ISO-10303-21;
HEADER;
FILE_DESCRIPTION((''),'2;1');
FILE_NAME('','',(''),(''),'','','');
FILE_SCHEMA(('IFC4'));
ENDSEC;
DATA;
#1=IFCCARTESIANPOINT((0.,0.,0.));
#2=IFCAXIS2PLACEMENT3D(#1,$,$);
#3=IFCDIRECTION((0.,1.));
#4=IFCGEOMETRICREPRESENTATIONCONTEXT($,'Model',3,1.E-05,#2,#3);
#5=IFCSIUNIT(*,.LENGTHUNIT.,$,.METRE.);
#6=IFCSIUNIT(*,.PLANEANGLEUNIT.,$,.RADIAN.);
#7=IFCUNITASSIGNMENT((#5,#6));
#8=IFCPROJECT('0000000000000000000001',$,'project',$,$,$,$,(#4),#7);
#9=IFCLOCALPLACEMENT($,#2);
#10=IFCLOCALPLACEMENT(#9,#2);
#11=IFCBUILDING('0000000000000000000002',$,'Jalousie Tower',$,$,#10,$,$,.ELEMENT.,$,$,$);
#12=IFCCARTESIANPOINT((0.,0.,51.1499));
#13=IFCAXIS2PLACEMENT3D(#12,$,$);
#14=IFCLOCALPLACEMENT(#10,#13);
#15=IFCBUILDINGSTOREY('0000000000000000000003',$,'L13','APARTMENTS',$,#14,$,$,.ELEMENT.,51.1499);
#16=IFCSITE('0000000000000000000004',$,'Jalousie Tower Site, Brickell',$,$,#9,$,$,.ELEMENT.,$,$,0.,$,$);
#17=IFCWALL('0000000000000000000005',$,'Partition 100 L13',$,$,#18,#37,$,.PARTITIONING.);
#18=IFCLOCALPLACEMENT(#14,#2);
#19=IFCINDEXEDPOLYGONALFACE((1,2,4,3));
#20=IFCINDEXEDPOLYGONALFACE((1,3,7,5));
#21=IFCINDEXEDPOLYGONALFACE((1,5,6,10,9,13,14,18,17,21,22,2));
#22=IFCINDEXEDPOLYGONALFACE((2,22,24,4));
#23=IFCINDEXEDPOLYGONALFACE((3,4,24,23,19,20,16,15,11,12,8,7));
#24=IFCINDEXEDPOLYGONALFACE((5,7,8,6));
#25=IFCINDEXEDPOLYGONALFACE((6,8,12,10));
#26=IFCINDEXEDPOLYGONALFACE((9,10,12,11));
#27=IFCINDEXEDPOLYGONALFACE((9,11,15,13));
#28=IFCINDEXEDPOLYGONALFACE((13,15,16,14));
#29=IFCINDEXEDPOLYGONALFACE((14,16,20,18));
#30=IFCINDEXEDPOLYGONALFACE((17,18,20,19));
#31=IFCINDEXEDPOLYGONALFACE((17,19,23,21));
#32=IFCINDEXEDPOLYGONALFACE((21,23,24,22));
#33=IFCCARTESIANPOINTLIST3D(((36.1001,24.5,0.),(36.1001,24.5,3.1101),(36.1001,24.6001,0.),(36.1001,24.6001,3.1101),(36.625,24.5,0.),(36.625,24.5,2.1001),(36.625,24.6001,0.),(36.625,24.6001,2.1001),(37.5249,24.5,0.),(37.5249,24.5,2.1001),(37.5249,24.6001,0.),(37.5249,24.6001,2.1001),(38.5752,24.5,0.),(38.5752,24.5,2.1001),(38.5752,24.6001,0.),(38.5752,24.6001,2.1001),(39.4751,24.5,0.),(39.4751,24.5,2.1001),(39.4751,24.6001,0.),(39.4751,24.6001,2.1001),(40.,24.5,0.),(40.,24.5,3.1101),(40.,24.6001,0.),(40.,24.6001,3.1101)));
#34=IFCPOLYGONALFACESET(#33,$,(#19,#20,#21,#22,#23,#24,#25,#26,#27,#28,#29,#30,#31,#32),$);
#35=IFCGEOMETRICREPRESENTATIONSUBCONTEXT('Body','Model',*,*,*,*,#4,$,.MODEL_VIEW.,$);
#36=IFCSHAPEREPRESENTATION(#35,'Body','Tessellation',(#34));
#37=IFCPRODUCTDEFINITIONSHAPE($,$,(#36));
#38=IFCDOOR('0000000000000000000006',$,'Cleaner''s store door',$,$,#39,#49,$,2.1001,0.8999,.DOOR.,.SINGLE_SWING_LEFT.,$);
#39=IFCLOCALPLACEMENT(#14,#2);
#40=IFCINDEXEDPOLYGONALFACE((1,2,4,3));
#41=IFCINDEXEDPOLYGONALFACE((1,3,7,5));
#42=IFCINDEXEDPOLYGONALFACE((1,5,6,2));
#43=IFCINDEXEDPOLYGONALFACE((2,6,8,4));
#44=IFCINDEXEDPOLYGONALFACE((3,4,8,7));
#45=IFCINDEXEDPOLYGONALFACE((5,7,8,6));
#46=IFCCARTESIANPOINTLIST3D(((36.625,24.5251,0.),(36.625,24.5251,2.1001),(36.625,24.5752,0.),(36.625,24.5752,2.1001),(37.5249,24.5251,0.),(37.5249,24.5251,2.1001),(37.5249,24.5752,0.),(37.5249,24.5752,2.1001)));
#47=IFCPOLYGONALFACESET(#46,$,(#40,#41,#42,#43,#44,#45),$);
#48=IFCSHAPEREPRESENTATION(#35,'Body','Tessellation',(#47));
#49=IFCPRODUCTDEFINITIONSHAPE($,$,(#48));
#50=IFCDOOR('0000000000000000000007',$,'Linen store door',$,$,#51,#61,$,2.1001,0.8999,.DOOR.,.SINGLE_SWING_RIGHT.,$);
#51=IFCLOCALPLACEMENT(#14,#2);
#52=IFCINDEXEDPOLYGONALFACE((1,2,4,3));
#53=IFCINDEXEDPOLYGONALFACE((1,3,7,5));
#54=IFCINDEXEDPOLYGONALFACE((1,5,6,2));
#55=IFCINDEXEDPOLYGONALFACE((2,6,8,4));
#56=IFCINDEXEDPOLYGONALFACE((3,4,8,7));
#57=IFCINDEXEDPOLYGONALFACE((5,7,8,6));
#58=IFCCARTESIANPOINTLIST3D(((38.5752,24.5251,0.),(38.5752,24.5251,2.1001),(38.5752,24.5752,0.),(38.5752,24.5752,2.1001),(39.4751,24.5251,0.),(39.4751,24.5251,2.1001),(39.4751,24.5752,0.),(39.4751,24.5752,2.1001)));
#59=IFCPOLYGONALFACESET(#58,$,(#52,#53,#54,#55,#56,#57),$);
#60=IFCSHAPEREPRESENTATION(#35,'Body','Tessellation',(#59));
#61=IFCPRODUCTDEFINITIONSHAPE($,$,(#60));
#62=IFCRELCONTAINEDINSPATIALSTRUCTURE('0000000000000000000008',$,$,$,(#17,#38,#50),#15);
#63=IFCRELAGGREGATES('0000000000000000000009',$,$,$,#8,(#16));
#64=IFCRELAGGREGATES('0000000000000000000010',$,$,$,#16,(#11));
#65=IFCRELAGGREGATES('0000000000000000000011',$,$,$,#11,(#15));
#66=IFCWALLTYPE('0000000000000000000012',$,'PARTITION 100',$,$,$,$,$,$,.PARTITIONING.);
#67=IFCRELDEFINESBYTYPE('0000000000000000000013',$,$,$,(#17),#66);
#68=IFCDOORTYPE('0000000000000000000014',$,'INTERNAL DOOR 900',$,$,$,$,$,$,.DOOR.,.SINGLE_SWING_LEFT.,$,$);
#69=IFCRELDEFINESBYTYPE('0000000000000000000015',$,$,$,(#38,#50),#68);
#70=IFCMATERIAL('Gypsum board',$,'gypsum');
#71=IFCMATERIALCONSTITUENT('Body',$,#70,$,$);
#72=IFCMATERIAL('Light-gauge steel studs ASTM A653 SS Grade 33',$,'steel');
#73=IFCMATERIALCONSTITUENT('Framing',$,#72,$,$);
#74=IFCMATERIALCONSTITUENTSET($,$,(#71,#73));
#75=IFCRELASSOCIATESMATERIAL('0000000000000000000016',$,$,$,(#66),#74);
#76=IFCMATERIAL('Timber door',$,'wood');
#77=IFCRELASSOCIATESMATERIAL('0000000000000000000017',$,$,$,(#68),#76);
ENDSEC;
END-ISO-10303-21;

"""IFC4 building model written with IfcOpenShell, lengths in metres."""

from ifc_helpers import new_model, si_unit, direction, frame, frame_2d, origin, place, context, subcontext, project, spatial, rectangle, extrude, material, constituent, constituent_set, type_object, element, fill, save


model = new_model("IFC4")

# Units and contexts
model_context = context("Model", 3, precision=1e-05, world=origin(), true_north=direction((0.0, 1.0)))
body_context = subcontext(model_context, "Body", "Model", "MODEL_VIEW")
ifc_project = project(units=[si_unit("LENGTHUNIT", "METRE"), si_unit("PLANEANGLEUNIT", "RADIAN")], contexts=[model_context])

# Site, building, storey
site_placement = place(None, origin())
site = spatial("IfcSite", under=ifc_project, at=site_placement, Name="Jalousie Tower Site, Brickell", CompositionType="ELEMENT", RefElevation=0.0)
building_placement = place(site_placement, origin())
building = spatial("IfcBuilding", under=site, at=building_placement, Name="Jalousie Tower", CompositionType="ELEMENT")
storey_placement = place(building_placement, frame((0.0, 0.0, 51.1499)))
storey = spatial("IfcBuildingStorey", under=building, at=storey_placement, Name="L13", Description="APARTMENTS", CompositionType="ELEMENT", Elevation=51.1499)

# Shared definitions
ifc_material_1 = material(Name="Gypsum board", Category="gypsum")
ifc_constituent_1 = constituent(ifc_material_1, Name="Body")
ifc_material_2 = material(Name="Light-gauge steel studs ASTM A653 SS Grade 33", Category="steel")
ifc_constituent_2 = constituent(ifc_material_2, Name="Framing")
ifc_constituent_set_1 = constituent_set(constituents=[ifc_constituent_1, ifc_constituent_2])
wall_type_1 = type_object("IfcWallType", Name="PARTITION 100", PredefinedType="PARTITIONING", material=ifc_constituent_set_1)
ifc_material_3 = material(Name="Timber door", Category="wood")
door_type_1 = type_object("IfcDoorType", Name="INTERNAL DOOR 900", OperationType="SINGLE_SWING_LEFT", PredefinedType="DOOR", material=ifc_material_3)

# Wall, openings, doors
wall_1_placement = place(storey_placement, frame((36.1001, 24.55, 0.0), z_axis=(0.0, 0.0, 1.0), x_axis=(1.0, 0.0, 0.0)))
wall_1 = element("IfcWall", 1, at=wall_1_placement, inside=storey, type_object=wall_type_1, Name="Partition 100 L13", PredefinedType="PARTITIONING", context=body_context, shape_type="SweptSolid", body=[
    extrude(rectangle(XDim=3.8999, YDim=0.1001, at=frame_2d((1.95, 0.0))), origin(), (0.0, 0.0, 1.0), 3.1101),
])
opening_1_placement = place(wall_1_placement, frame((0.5249, 0.0, 0.0)))
opening_1 = element("IfcOpeningElement", 2, at=opening_1_placement, cuts=wall_1, PredefinedType="OPENING", context=body_context, shape_type="SweptSolid", body=[
    extrude(rectangle(XDim=0.8999, YDim=2.1001, at=frame_2d((0.45, 1.05))), frame((0.0, 0.0601, 0.0), z_axis=(0.0, -1.0, 0.0), x_axis=(1.0, 0.0, 0.0)), (0.0, 0.0, 1.0), 0.1201),
])
opening_2_placement = place(wall_1_placement, frame((2.4751, 0.0, 0.0)))
opening_2 = element("IfcOpeningElement", 3, at=opening_2_placement, cuts=wall_1, PredefinedType="OPENING", context=body_context, shape_type="SweptSolid", body=[
    extrude(rectangle(XDim=0.8999, YDim=2.1001, at=frame_2d((0.45, 1.05))), frame((0.0, 0.0601, 0.0), z_axis=(0.0, -1.0, 0.0), x_axis=(1.0, 0.0, 0.0)), (0.0, 0.0, 1.0), 0.1201),
])
door_1_placement = place(opening_1_placement, frame((0.8999, 0.0, 0.0), z_axis=(0.0, 0.0, 1.0), x_axis=(-1.0, 0.0, 0.0)))
door_1 = element("IfcDoor", 4, at=door_1_placement, inside=storey, type_object=door_type_1, Name="Cleaner's store door", OperationType="SINGLE_SWING_LEFT", OverallHeight=2.1001, OverallWidth=0.8999, PredefinedType="DOOR", context=body_context, shape_type="SweptSolid", body=[
    extrude(rectangle(XDim=0.8999, YDim=2.1001, at=frame_2d((0.45, 1.05))), frame((0.0, 0.0249, 0.0), z_axis=(0.0, -1.0, 0.0), x_axis=(1.0, 0.0, 0.0)), (0.0, 0.0, 1.0), 0.05),
])
fill(opening_1, door_1)
door_2_placement = place(opening_2_placement, frame((0.8999, 0.0, 0.0), z_axis=(0.0, 0.0, 1.0), x_axis=(-1.0, 0.0, 0.0)))
door_2 = element("IfcDoor", 5, at=door_2_placement, inside=storey, type_object=door_type_1, Name="Linen store door", OperationType="SINGLE_SWING_RIGHT", OverallHeight=2.1001, OverallWidth=0.8999, PredefinedType="DOOR", context=body_context, shape_type="SweptSolid", body=[
    extrude(rectangle(XDim=0.8999, YDim=2.1001, at=frame_2d((0.45, 1.05))), frame((0.0, 0.0249, 0.0), z_axis=(0.0, -1.0, 0.0), x_axis=(1.0, 0.0, 0.0)), (0.0, 0.0, 1.0), 0.05),
])
fill(opening_2, door_2)

save(model, "model.ifc")
